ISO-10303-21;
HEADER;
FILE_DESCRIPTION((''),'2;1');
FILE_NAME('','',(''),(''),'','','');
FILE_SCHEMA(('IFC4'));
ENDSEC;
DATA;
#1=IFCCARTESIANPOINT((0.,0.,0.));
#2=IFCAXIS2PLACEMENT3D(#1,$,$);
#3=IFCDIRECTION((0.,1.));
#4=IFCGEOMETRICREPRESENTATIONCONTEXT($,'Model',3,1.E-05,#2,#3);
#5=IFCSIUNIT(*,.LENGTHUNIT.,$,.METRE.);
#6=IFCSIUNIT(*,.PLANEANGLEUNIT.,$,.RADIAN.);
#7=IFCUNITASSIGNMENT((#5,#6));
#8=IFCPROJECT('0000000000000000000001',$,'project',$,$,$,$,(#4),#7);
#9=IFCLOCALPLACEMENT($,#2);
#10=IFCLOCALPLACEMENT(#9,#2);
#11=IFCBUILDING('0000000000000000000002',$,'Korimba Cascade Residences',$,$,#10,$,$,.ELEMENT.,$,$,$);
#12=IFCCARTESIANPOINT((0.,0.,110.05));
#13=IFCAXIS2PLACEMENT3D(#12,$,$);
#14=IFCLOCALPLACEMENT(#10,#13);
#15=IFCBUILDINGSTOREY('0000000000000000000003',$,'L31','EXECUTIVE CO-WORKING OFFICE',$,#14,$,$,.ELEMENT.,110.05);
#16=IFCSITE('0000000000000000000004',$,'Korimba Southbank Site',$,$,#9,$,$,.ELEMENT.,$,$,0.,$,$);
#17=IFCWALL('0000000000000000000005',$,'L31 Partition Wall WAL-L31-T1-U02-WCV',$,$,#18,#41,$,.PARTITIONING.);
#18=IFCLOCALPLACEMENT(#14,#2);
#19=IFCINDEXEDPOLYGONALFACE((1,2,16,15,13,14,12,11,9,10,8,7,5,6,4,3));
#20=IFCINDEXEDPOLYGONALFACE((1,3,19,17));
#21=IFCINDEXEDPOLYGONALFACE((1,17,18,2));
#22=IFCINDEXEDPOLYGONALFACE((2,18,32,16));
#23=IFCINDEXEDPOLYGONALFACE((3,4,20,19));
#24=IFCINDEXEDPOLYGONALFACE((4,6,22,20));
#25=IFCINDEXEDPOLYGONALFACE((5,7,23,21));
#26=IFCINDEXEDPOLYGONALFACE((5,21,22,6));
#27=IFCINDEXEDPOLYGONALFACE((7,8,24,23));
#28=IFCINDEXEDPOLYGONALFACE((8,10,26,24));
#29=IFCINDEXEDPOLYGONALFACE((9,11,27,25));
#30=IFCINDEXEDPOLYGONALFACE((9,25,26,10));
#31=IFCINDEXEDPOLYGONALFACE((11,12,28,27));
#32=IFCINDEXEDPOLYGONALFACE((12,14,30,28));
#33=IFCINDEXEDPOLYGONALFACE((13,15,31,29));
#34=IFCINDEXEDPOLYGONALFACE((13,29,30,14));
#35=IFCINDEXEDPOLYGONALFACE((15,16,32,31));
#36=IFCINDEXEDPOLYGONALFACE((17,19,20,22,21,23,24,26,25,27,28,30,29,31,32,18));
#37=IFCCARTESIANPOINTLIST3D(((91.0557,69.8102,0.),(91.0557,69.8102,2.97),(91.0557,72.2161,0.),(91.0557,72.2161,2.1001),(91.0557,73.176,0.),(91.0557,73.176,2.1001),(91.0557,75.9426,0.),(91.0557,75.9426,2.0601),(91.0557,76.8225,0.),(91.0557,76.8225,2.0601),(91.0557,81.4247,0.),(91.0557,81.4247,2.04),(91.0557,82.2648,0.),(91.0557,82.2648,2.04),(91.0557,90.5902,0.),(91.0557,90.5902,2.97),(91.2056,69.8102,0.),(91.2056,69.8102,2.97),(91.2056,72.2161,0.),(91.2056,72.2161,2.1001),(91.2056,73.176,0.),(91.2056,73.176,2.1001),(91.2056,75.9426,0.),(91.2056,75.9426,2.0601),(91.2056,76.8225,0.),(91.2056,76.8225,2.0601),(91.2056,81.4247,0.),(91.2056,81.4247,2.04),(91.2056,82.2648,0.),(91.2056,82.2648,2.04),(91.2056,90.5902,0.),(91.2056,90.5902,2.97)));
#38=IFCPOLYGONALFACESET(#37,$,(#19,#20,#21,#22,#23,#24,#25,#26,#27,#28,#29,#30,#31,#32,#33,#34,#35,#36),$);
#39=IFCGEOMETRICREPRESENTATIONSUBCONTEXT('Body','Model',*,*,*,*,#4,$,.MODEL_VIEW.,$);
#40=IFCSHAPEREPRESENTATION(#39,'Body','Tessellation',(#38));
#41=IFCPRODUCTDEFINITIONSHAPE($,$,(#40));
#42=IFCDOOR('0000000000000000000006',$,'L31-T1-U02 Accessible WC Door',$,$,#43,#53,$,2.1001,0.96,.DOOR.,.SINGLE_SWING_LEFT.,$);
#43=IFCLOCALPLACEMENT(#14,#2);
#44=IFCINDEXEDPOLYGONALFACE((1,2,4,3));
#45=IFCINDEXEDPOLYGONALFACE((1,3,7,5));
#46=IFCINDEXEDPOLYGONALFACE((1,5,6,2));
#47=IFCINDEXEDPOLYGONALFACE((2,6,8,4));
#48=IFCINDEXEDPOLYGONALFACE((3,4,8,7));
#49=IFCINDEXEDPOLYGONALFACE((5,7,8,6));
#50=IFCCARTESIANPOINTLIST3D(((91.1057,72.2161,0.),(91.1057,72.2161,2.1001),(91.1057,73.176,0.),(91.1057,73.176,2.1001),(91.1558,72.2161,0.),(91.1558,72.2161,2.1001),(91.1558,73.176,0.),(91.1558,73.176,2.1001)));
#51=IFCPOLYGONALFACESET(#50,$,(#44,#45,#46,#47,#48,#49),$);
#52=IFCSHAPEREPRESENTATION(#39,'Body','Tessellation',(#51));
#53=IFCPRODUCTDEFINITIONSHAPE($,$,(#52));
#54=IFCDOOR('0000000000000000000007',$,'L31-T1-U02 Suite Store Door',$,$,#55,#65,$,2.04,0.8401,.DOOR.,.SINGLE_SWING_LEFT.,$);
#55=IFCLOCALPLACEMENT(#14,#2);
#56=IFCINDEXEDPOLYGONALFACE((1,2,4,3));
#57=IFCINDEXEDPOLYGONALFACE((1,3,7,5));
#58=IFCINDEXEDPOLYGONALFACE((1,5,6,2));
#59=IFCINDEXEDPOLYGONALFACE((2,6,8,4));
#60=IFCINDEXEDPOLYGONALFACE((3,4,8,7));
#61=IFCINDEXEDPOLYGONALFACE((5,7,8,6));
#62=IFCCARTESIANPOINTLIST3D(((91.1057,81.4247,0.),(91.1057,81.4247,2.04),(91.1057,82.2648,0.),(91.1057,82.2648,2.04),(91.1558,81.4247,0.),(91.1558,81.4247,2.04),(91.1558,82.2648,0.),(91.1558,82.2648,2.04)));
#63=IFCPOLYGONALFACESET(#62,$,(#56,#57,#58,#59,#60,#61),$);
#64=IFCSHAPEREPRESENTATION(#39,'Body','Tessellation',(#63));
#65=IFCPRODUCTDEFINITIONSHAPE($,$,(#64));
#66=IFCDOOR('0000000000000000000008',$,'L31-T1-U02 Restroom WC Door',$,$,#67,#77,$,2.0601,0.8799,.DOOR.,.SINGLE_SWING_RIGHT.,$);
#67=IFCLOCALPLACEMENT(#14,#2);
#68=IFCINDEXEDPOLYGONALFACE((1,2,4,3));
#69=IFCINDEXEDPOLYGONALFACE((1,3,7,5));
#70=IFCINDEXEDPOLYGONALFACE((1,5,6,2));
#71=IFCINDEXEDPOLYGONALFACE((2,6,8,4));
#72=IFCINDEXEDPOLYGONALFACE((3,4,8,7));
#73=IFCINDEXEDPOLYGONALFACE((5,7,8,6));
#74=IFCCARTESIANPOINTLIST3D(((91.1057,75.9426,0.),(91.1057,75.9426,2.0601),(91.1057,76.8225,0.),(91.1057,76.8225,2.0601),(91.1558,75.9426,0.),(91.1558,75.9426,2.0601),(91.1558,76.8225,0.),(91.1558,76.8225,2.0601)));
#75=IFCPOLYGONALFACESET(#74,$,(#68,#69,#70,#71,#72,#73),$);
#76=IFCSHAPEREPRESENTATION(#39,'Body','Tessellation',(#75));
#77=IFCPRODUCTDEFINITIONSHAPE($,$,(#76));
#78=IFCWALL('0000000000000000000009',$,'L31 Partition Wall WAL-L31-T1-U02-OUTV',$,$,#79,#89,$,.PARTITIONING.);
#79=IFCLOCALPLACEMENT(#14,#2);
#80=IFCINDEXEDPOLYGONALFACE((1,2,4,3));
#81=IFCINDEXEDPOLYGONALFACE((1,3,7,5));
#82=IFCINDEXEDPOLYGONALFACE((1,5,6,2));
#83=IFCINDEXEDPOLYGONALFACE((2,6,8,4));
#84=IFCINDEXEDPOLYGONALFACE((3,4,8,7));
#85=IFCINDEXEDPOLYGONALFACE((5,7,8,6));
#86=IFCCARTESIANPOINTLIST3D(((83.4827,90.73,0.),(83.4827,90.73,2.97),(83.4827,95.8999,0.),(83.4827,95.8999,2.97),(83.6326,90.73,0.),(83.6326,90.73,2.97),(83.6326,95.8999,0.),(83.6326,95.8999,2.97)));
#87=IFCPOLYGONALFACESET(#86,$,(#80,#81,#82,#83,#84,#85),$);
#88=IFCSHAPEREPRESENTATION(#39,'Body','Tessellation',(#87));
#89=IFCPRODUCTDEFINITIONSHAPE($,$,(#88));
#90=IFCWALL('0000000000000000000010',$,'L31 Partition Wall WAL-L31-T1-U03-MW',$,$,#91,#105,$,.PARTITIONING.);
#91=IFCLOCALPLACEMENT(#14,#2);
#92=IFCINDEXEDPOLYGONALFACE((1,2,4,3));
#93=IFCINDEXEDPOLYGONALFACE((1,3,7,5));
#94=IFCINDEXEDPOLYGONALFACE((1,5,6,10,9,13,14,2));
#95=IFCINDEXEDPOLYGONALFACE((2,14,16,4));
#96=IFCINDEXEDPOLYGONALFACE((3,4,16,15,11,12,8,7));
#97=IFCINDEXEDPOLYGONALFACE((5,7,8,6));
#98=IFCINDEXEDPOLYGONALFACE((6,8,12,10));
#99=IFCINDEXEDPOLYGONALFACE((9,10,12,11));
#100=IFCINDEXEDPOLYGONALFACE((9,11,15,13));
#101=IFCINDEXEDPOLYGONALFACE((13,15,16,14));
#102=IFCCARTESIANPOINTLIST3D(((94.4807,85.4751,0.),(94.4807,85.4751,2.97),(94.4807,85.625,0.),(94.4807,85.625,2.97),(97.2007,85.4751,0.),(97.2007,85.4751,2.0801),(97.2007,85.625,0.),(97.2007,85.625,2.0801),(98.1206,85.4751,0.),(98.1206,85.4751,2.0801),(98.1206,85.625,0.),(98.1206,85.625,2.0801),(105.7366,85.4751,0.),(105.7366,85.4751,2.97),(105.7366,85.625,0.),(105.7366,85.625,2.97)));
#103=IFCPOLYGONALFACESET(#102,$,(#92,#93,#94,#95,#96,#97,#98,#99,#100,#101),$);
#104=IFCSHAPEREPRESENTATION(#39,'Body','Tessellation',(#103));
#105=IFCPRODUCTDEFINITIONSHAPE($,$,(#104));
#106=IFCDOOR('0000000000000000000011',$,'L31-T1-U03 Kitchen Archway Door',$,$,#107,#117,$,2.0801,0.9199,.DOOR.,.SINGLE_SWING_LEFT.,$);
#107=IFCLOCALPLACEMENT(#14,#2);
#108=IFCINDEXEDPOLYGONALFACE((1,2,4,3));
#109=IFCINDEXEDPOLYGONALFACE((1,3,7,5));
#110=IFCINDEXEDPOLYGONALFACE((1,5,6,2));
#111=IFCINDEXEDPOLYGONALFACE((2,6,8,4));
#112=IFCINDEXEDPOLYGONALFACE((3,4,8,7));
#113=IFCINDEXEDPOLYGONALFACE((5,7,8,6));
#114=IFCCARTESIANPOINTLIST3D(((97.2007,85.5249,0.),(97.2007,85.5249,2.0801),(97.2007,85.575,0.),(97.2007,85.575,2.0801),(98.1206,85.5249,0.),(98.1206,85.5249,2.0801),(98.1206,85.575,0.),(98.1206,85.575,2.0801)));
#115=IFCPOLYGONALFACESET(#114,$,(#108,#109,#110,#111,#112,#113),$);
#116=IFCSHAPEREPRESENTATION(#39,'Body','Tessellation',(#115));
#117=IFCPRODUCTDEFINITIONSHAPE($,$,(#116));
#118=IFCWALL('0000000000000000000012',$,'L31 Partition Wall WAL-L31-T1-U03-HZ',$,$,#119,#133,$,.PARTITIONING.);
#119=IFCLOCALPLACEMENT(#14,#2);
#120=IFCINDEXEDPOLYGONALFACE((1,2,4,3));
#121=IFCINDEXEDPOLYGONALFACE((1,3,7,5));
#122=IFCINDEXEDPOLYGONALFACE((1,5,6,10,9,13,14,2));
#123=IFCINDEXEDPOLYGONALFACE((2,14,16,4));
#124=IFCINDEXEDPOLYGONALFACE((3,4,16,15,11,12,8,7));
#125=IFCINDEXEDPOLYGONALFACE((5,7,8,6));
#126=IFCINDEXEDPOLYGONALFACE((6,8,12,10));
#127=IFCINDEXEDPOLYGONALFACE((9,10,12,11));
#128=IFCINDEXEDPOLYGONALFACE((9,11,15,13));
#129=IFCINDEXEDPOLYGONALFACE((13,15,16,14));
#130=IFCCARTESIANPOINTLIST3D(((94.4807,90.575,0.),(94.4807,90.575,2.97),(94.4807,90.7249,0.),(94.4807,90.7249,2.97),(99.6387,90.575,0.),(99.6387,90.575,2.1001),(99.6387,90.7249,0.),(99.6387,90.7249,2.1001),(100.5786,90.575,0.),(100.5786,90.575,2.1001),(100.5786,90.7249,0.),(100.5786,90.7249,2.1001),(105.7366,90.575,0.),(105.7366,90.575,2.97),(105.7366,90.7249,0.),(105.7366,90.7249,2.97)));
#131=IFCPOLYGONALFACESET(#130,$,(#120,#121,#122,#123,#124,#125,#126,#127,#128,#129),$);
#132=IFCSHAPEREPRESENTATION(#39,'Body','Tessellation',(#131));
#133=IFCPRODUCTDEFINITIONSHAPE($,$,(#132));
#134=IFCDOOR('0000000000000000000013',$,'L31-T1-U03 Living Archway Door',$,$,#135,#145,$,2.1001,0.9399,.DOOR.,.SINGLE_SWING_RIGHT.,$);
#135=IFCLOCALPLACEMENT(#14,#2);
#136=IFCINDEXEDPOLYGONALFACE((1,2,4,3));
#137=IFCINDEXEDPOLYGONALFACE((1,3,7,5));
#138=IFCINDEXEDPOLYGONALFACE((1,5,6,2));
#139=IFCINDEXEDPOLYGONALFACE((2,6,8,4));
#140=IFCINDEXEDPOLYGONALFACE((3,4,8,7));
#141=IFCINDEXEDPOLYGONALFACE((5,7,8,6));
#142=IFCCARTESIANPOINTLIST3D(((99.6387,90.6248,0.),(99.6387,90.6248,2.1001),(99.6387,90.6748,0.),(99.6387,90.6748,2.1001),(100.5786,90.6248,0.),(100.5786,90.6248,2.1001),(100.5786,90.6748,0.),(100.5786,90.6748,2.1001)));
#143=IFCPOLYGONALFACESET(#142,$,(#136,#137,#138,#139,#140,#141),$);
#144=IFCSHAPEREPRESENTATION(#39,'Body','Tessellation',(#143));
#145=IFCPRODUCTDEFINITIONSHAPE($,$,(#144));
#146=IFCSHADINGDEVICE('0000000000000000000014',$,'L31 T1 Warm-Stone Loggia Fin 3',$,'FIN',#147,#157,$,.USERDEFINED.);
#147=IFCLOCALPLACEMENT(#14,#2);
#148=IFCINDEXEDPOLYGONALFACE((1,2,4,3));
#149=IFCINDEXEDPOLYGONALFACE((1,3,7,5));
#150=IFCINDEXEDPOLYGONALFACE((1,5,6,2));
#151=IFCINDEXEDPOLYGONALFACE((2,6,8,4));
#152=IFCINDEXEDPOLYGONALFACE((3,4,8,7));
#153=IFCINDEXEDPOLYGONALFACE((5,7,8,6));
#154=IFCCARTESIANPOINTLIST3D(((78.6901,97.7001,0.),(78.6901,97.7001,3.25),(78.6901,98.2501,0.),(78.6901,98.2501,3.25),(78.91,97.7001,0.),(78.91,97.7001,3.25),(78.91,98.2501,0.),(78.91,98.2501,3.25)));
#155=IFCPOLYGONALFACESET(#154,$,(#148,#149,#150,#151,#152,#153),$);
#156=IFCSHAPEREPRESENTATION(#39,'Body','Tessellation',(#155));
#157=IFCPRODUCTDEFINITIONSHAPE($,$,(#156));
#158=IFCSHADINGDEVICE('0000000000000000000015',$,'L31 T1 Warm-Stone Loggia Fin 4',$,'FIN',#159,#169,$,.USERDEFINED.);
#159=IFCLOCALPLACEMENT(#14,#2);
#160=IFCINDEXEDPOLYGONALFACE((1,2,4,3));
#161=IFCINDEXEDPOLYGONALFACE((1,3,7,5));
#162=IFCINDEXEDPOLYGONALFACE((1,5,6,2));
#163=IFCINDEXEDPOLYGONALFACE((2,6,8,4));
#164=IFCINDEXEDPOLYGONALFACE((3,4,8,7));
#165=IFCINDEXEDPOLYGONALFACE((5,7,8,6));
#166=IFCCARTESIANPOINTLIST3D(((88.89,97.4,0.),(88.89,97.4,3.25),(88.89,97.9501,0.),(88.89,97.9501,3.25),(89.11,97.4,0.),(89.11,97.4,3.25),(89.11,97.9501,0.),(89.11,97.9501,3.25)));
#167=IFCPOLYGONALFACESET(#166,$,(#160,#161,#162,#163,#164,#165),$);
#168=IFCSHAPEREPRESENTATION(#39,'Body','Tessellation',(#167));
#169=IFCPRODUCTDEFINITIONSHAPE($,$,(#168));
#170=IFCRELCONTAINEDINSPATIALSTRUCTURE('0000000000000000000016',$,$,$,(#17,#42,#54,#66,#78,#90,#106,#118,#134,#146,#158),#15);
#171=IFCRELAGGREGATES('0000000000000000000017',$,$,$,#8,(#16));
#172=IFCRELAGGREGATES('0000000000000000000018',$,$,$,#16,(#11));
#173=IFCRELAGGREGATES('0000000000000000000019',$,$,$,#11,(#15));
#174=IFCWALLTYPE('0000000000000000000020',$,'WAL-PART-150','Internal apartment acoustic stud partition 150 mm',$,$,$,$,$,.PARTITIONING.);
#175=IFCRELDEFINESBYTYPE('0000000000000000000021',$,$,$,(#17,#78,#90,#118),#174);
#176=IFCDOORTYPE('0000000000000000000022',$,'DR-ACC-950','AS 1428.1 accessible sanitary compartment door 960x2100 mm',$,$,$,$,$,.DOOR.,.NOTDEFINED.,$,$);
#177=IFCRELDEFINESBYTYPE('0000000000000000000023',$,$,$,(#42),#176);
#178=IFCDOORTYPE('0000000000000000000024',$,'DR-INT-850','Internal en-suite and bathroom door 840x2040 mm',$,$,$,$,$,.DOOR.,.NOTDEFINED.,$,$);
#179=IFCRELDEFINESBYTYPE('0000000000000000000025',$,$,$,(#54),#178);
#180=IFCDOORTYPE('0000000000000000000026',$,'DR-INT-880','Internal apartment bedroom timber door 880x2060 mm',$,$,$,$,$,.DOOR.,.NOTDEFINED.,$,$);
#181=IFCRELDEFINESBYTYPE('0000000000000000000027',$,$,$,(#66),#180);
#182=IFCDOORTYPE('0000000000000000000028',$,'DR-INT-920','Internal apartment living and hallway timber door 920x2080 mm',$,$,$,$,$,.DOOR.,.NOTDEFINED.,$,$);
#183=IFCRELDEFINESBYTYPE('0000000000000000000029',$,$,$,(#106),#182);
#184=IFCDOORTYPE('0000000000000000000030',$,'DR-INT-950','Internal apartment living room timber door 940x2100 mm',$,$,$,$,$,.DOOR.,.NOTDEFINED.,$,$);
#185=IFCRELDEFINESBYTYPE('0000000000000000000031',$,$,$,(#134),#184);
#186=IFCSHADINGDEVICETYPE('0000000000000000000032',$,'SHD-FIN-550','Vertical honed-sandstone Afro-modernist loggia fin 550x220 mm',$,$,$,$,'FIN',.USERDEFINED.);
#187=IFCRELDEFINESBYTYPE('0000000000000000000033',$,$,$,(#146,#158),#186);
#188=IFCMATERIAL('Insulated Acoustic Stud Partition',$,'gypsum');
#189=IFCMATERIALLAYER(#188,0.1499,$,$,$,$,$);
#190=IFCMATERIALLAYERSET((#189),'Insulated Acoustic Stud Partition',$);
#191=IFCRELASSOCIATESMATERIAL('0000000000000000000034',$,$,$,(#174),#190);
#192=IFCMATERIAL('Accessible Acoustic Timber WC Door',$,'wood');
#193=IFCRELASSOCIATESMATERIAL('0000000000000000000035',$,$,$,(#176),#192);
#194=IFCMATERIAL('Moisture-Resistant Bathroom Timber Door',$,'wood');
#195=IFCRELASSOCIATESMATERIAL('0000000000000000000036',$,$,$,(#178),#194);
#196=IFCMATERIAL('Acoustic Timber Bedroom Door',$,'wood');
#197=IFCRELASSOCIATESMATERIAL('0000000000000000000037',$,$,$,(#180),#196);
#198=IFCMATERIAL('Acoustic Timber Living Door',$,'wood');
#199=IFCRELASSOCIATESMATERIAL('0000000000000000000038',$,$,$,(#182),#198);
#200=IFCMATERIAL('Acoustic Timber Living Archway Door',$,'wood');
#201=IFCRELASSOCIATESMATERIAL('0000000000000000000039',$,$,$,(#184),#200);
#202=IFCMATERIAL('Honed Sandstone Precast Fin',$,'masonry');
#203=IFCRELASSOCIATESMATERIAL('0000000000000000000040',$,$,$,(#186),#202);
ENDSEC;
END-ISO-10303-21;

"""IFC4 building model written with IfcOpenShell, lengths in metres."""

from ifc_helpers import new_model, si_unit, direction, frame, frame_2d, origin, origin_2d, place, context, subcontext, project, spatial, rectangle, extrude, material, layer, layer_set, type_object, element, fill, save


model = new_model("IFC4")

# Units and contexts
model_context = context("Model", 3, precision=1e-05, world=origin(), true_north=direction((0.0, 1.0)))
body_context = subcontext(model_context, "Body", "Model", "MODEL_VIEW")
ifc_project = project(units=[si_unit("LENGTHUNIT", "METRE"), si_unit("PLANEANGLEUNIT", "RADIAN")], contexts=[model_context])

# Site, building, storey
site_placement = place(None, origin())
site = spatial("IfcSite", under=ifc_project, at=site_placement, Name="Korimba Southbank Site", CompositionType="ELEMENT", RefElevation=0.0)
building_placement = place(site_placement, origin())
building = spatial("IfcBuilding", under=site, at=building_placement, Name="Korimba Cascade Residences", CompositionType="ELEMENT")
storey_placement = place(building_placement, frame((0.0, 0.0, 110.05)))
storey = spatial("IfcBuildingStorey", under=building, at=storey_placement, Name="L31", Description="EXECUTIVE CO-WORKING OFFICE", CompositionType="ELEMENT", Elevation=110.05)

# Shared definitions
ifc_material_1 = material(Name="Insulated Acoustic Stud Partition", Category="gypsum")
ifc_layer_1 = layer(ifc_material_1, 0.1499)
ifc_layer_set_1 = layer_set([ifc_layer_1], Name="Insulated Acoustic Stud Partition")
wall_type_1 = type_object("IfcWallType", Name="WAL-PART-150", Description="Internal apartment acoustic stud partition 150 mm", PredefinedType="PARTITIONING", material=ifc_layer_set_1)

# Wall, openings, doors
wall_1_placement = place(storey_placement, frame((91.1306, 69.8101, 0.0), z_axis=(0.0, 0.0, 1.0), x_axis=(0.0, 1.0, 0.0)))
wall_1 = element("IfcWall", 1, at=wall_1_placement, inside=storey, type_object=wall_type_1, Name="L31 Partition Wall WAL-L31-T1-U02-WCV", PredefinedType="PARTITIONING", context=body_context, shape_type="SweptSolid", body=[
    extrude(rectangle(XDim=20.78, YDim=0.1499, at=frame_2d((10.3901, 0.0))), origin(), (0.0, 0.0, 1.0), 2.97),
])
opening_1_placement = place(wall_1_placement, frame((2.406, 0.0, 0.0)))
opening_1 = element("IfcOpeningElement", 2, at=opening_1_placement, cuts=wall_1, PredefinedType="OPENING", context=body_context, shape_type="SweptSolid", body=[
    extrude(rectangle(XDim=0.96, YDim=2.1001, at=frame_2d((0.48, 1.05))), frame((0.0, 0.085, 0.0), z_axis=(0.0, -1.0, 0.0), x_axis=(1.0, 0.0, 0.0)), (0.0, 0.0, 1.0), 0.1699),
])
opening_2_placement = place(wall_1_placement, frame((6.1326, 0.0, 0.0)))
opening_2 = element("IfcOpeningElement", 3, at=opening_2_placement, cuts=wall_1, PredefinedType="OPENING", context=body_context, shape_type="SweptSolid", body=[
    extrude(rectangle(XDim=0.8799, YDim=2.0601, at=frame_2d((0.4399, 1.03))), frame((0.0, 0.085, 0.0), z_axis=(0.0, -1.0, 0.0), x_axis=(1.0, 0.0, 0.0)), (0.0, 0.0, 1.0), 0.1699),
])
opening_3_placement = place(wall_1_placement, frame((11.6147, 0.0, 0.0)))
opening_3 = element("IfcOpeningElement", 4, at=opening_3_placement, cuts=wall_1, PredefinedType="OPENING", context=body_context, shape_type="SweptSolid", body=[
    extrude(rectangle(XDim=0.8401, YDim=2.04, at=frame_2d((0.4199, 1.02))), frame((0.0, 0.085, 0.0), z_axis=(0.0, -1.0, 0.0), x_axis=(1.0, 0.0, 0.0)), (0.0, 0.0, 1.0), 0.1699),
])
ifc_material_2 = material(Name="Accessible Acoustic Timber WC Door", Category="wood")
door_type_1 = type_object("IfcDoorType", Name="DR-ACC-950", Description="AS 1428.1 accessible sanitary compartment door 960x2100 mm", OperationType="NOTDEFINED", PredefinedType="DOOR", material=ifc_material_2)
door_1_placement = place(opening_1_placement, origin())
door_1 = element("IfcDoor", 5, at=door_1_placement, inside=storey, type_object=door_type_1, Name="L31-T1-U02 Accessible WC Door", OperationType="SINGLE_SWING_LEFT", OverallHeight=2.1001, OverallWidth=0.96, PredefinedType="DOOR", context=body_context, shape_type="SweptSolid", body=[
    extrude(rectangle(XDim=0.96, YDim=2.1001, at=frame_2d((0.48, 1.05))), frame((0.0, 0.0249, 0.0), z_axis=(0.0, -1.0, 0.0), x_axis=(1.0, 0.0, 0.0)), (0.0, 0.0, 1.0), 0.05),
])
fill(opening_1, door_1)
ifc_material_3 = material(Name="Moisture-Resistant Bathroom Timber Door", Category="wood")
door_type_2 = type_object("IfcDoorType", Name="DR-INT-850", Description="Internal en-suite and bathroom door 840x2040 mm", OperationType="NOTDEFINED", PredefinedType="DOOR", material=ifc_material_3)
door_2_placement = place(opening_3_placement, origin())
door_2 = element("IfcDoor", 6, at=door_2_placement, inside=storey, type_object=door_type_2, Name="L31-T1-U02 Suite Store Door", OperationType="SINGLE_SWING_LEFT", OverallHeight=2.04, OverallWidth=0.8401, PredefinedType="DOOR", context=body_context, shape_type="SweptSolid", body=[
    extrude(rectangle(XDim=0.8401, YDim=2.04, at=frame_2d((0.4199, 1.02))), frame((0.0, 0.0249, 0.0), z_axis=(0.0, -1.0, 0.0), x_axis=(1.0, 0.0, 0.0)), (0.0, 0.0, 1.0), 0.05),
])
fill(opening_3, door_2)
ifc_material_4 = material(Name="Acoustic Timber Bedroom Door", Category="wood")
door_type_3 = type_object("IfcDoorType", Name="DR-INT-880", Description="Internal apartment bedroom timber door 880x2060 mm", OperationType="NOTDEFINED", PredefinedType="DOOR", material=ifc_material_4)
door_3_placement = place(opening_2_placement, origin())
door_3 = element("IfcDoor", 7, at=door_3_placement, inside=storey, type_object=door_type_3, Name="L31-T1-U02 Restroom WC Door", OperationType="SINGLE_SWING_RIGHT", OverallHeight=2.0601, OverallWidth=0.8799, PredefinedType="DOOR", context=body_context, shape_type="SweptSolid", body=[
    extrude(rectangle(XDim=0.8799, YDim=2.0601, at=frame_2d((0.4399, 1.03))), frame((0.0, 0.0249, 0.0), z_axis=(0.0, -1.0, 0.0), x_axis=(1.0, 0.0, 0.0)), (0.0, 0.0, 1.0), 0.05),
])
fill(opening_2, door_3)

# Wall
wall_2_placement = place(storey_placement, frame((83.5576, 90.73, 0.0), z_axis=(0.0, 0.0, 1.0), x_axis=(0.0, 1.0, 0.0)))
element("IfcWall", 8, at=wall_2_placement, inside=storey, type_object=wall_type_1, Name="L31 Partition Wall WAL-L31-T1-U02-OUTV", PredefinedType="PARTITIONING", context=body_context, shape_type="SweptSolid", body=[
    extrude(rectangle(XDim=5.1699, YDim=0.1499, at=frame_2d((2.585, 0.0))), origin(), (0.0, 0.0, 1.0), 2.97),
])

# Walls, openings, doors
wall_3_placement = place(storey_placement, frame((94.4807, 85.55, 0.0), z_axis=(0.0, 0.0, 1.0), x_axis=(1.0, 0.0, 0.0)))
wall_3 = element("IfcWall", 9, at=wall_3_placement, inside=storey, type_object=wall_type_1, Name="L31 Partition Wall WAL-L31-T1-U03-MW", PredefinedType="PARTITIONING", context=body_context, shape_type="SweptSolid", body=[
    extrude(rectangle(XDim=11.2559, YDim=0.1499, at=frame_2d((5.6279, 0.0))), origin(), (0.0, 0.0, 1.0), 2.97),
])
opening_4_placement = place(wall_3_placement, frame((2.72, 0.0, 0.0)))
opening_4 = element("IfcOpeningElement", 10, at=opening_4_placement, cuts=wall_3, PredefinedType="OPENING", context=body_context, shape_type="SweptSolid", body=[
    extrude(rectangle(XDim=0.9199, YDim=2.0801, at=frame_2d((0.46, 1.04))), frame((0.0, 0.085, 0.0), z_axis=(0.0, -1.0, 0.0), x_axis=(1.0, 0.0, 0.0)), (0.0, 0.0, 1.0), 0.1699),
])
ifc_material_5 = material(Name="Acoustic Timber Living Door", Category="wood")
door_type_4 = type_object("IfcDoorType", Name="DR-INT-920", Description="Internal apartment living and hallway timber door 920x2080 mm", OperationType="NOTDEFINED", PredefinedType="DOOR", material=ifc_material_5)
door_4_placement = place(opening_4_placement, origin())
door_4 = element("IfcDoor", 11, at=door_4_placement, inside=storey, type_object=door_type_4, Name="L31-T1-U03 Kitchen Archway Door", OperationType="SINGLE_SWING_LEFT", OverallHeight=2.0801, OverallWidth=0.9199, PredefinedType="DOOR", context=body_context, shape_type="SweptSolid", body=[
    extrude(rectangle(XDim=0.9199, YDim=2.0801, at=frame_2d((0.46, 1.04))), frame((0.0, 0.0249, 0.0), z_axis=(0.0, -1.0, 0.0), x_axis=(1.0, 0.0, 0.0)), (0.0, 0.0, 1.0), 0.05),
])
fill(opening_4, door_4)
wall_4_placement = place(storey_placement, frame((94.4807, 90.6499, 0.0), z_axis=(0.0, 0.0, 1.0), x_axis=(1.0, 0.0, 0.0)))
wall_4 = element("IfcWall", 12, at=wall_4_placement, inside=storey, type_object=wall_type_1, Name="L31 Partition Wall WAL-L31-T1-U03-HZ", PredefinedType="PARTITIONING", context=body_context, shape_type="SweptSolid", body=[
    extrude(rectangle(XDim=11.2559, YDim=0.1499, at=frame_2d((5.6279, 0.0))), origin(), (0.0, 0.0, 1.0), 2.97),
])
opening_5_placement = place(wall_4_placement, frame((5.158, 0.0, 0.0)))
opening_5 = element("IfcOpeningElement", 13, at=opening_5_placement, cuts=wall_4, PredefinedType="OPENING", context=body_context, shape_type="SweptSolid", body=[
    extrude(rectangle(XDim=0.9399, YDim=2.1001, at=frame_2d((0.47, 1.05))), frame((0.0, 0.085, 0.0), z_axis=(0.0, -1.0, 0.0), x_axis=(1.0, 0.0, 0.0)), (0.0, 0.0, 1.0), 0.1699),
])
ifc_material_6 = material(Name="Acoustic Timber Living Archway Door", Category="wood")
door_type_5 = type_object("IfcDoorType", Name="DR-INT-950", Description="Internal apartment living room timber door 940x2100 mm", OperationType="NOTDEFINED", PredefinedType="DOOR", material=ifc_material_6)
door_5_placement = place(opening_5_placement, origin())
door_5 = element("IfcDoor", 14, at=door_5_placement, inside=storey, type_object=door_type_5, Name="L31-T1-U03 Living Archway Door", OperationType="SINGLE_SWING_RIGHT", OverallHeight=2.1001, OverallWidth=0.9399, PredefinedType="DOOR", context=body_context, shape_type="SweptSolid", body=[
    extrude(rectangle(XDim=0.9399, YDim=2.1001, at=frame_2d((0.47, 1.05))), frame((0.0, 0.0249, 0.0), z_axis=(0.0, -1.0, 0.0), x_axis=(1.0, 0.0, 0.0)), (0.0, 0.0, 1.0), 0.05),
])
fill(opening_5, door_5)

# Shading devices
ifc_material_7 = material(Name="Honed Sandstone Precast Fin", Category="masonry")
shading_device_type = type_object("IfcShadingDeviceType", Name="SHD-FIN-550", Description="Vertical honed-sandstone Afro-modernist loggia fin 550x220 mm", ElementType="FIN", PredefinedType="USERDEFINED", material=ifc_material_7)
for number, where, z_axis, x_axis, name in (
    (15, (78.8, 97.9751, 0.0), (0.0, 0.0, 1.0), (1.0, 0.0, 0.0), "L31 T1 Warm-Stone Loggia Fin 3"),
    (16, (89.0, 97.675, 0.0), (0.0, 0.0, 1.0), (1.0, 0.0, 0.0), "L31 T1 Warm-Stone Loggia Fin 4"),
):
    element("IfcShadingDevice", number, at=place(storey_placement, frame(where, z_axis=z_axis, x_axis=x_axis)), inside=storey, type_object=shading_device_type, Name=name, ObjectType="FIN", PredefinedType="USERDEFINED", context=body_context, shape_type="SweptSolid", body=[
        extrude(rectangle(XDim=0.22, YDim=0.55, at=origin_2d()), origin(), (0.0, 0.0, 1.0), 3.25),
    ])

save(model, "model.ifc")
